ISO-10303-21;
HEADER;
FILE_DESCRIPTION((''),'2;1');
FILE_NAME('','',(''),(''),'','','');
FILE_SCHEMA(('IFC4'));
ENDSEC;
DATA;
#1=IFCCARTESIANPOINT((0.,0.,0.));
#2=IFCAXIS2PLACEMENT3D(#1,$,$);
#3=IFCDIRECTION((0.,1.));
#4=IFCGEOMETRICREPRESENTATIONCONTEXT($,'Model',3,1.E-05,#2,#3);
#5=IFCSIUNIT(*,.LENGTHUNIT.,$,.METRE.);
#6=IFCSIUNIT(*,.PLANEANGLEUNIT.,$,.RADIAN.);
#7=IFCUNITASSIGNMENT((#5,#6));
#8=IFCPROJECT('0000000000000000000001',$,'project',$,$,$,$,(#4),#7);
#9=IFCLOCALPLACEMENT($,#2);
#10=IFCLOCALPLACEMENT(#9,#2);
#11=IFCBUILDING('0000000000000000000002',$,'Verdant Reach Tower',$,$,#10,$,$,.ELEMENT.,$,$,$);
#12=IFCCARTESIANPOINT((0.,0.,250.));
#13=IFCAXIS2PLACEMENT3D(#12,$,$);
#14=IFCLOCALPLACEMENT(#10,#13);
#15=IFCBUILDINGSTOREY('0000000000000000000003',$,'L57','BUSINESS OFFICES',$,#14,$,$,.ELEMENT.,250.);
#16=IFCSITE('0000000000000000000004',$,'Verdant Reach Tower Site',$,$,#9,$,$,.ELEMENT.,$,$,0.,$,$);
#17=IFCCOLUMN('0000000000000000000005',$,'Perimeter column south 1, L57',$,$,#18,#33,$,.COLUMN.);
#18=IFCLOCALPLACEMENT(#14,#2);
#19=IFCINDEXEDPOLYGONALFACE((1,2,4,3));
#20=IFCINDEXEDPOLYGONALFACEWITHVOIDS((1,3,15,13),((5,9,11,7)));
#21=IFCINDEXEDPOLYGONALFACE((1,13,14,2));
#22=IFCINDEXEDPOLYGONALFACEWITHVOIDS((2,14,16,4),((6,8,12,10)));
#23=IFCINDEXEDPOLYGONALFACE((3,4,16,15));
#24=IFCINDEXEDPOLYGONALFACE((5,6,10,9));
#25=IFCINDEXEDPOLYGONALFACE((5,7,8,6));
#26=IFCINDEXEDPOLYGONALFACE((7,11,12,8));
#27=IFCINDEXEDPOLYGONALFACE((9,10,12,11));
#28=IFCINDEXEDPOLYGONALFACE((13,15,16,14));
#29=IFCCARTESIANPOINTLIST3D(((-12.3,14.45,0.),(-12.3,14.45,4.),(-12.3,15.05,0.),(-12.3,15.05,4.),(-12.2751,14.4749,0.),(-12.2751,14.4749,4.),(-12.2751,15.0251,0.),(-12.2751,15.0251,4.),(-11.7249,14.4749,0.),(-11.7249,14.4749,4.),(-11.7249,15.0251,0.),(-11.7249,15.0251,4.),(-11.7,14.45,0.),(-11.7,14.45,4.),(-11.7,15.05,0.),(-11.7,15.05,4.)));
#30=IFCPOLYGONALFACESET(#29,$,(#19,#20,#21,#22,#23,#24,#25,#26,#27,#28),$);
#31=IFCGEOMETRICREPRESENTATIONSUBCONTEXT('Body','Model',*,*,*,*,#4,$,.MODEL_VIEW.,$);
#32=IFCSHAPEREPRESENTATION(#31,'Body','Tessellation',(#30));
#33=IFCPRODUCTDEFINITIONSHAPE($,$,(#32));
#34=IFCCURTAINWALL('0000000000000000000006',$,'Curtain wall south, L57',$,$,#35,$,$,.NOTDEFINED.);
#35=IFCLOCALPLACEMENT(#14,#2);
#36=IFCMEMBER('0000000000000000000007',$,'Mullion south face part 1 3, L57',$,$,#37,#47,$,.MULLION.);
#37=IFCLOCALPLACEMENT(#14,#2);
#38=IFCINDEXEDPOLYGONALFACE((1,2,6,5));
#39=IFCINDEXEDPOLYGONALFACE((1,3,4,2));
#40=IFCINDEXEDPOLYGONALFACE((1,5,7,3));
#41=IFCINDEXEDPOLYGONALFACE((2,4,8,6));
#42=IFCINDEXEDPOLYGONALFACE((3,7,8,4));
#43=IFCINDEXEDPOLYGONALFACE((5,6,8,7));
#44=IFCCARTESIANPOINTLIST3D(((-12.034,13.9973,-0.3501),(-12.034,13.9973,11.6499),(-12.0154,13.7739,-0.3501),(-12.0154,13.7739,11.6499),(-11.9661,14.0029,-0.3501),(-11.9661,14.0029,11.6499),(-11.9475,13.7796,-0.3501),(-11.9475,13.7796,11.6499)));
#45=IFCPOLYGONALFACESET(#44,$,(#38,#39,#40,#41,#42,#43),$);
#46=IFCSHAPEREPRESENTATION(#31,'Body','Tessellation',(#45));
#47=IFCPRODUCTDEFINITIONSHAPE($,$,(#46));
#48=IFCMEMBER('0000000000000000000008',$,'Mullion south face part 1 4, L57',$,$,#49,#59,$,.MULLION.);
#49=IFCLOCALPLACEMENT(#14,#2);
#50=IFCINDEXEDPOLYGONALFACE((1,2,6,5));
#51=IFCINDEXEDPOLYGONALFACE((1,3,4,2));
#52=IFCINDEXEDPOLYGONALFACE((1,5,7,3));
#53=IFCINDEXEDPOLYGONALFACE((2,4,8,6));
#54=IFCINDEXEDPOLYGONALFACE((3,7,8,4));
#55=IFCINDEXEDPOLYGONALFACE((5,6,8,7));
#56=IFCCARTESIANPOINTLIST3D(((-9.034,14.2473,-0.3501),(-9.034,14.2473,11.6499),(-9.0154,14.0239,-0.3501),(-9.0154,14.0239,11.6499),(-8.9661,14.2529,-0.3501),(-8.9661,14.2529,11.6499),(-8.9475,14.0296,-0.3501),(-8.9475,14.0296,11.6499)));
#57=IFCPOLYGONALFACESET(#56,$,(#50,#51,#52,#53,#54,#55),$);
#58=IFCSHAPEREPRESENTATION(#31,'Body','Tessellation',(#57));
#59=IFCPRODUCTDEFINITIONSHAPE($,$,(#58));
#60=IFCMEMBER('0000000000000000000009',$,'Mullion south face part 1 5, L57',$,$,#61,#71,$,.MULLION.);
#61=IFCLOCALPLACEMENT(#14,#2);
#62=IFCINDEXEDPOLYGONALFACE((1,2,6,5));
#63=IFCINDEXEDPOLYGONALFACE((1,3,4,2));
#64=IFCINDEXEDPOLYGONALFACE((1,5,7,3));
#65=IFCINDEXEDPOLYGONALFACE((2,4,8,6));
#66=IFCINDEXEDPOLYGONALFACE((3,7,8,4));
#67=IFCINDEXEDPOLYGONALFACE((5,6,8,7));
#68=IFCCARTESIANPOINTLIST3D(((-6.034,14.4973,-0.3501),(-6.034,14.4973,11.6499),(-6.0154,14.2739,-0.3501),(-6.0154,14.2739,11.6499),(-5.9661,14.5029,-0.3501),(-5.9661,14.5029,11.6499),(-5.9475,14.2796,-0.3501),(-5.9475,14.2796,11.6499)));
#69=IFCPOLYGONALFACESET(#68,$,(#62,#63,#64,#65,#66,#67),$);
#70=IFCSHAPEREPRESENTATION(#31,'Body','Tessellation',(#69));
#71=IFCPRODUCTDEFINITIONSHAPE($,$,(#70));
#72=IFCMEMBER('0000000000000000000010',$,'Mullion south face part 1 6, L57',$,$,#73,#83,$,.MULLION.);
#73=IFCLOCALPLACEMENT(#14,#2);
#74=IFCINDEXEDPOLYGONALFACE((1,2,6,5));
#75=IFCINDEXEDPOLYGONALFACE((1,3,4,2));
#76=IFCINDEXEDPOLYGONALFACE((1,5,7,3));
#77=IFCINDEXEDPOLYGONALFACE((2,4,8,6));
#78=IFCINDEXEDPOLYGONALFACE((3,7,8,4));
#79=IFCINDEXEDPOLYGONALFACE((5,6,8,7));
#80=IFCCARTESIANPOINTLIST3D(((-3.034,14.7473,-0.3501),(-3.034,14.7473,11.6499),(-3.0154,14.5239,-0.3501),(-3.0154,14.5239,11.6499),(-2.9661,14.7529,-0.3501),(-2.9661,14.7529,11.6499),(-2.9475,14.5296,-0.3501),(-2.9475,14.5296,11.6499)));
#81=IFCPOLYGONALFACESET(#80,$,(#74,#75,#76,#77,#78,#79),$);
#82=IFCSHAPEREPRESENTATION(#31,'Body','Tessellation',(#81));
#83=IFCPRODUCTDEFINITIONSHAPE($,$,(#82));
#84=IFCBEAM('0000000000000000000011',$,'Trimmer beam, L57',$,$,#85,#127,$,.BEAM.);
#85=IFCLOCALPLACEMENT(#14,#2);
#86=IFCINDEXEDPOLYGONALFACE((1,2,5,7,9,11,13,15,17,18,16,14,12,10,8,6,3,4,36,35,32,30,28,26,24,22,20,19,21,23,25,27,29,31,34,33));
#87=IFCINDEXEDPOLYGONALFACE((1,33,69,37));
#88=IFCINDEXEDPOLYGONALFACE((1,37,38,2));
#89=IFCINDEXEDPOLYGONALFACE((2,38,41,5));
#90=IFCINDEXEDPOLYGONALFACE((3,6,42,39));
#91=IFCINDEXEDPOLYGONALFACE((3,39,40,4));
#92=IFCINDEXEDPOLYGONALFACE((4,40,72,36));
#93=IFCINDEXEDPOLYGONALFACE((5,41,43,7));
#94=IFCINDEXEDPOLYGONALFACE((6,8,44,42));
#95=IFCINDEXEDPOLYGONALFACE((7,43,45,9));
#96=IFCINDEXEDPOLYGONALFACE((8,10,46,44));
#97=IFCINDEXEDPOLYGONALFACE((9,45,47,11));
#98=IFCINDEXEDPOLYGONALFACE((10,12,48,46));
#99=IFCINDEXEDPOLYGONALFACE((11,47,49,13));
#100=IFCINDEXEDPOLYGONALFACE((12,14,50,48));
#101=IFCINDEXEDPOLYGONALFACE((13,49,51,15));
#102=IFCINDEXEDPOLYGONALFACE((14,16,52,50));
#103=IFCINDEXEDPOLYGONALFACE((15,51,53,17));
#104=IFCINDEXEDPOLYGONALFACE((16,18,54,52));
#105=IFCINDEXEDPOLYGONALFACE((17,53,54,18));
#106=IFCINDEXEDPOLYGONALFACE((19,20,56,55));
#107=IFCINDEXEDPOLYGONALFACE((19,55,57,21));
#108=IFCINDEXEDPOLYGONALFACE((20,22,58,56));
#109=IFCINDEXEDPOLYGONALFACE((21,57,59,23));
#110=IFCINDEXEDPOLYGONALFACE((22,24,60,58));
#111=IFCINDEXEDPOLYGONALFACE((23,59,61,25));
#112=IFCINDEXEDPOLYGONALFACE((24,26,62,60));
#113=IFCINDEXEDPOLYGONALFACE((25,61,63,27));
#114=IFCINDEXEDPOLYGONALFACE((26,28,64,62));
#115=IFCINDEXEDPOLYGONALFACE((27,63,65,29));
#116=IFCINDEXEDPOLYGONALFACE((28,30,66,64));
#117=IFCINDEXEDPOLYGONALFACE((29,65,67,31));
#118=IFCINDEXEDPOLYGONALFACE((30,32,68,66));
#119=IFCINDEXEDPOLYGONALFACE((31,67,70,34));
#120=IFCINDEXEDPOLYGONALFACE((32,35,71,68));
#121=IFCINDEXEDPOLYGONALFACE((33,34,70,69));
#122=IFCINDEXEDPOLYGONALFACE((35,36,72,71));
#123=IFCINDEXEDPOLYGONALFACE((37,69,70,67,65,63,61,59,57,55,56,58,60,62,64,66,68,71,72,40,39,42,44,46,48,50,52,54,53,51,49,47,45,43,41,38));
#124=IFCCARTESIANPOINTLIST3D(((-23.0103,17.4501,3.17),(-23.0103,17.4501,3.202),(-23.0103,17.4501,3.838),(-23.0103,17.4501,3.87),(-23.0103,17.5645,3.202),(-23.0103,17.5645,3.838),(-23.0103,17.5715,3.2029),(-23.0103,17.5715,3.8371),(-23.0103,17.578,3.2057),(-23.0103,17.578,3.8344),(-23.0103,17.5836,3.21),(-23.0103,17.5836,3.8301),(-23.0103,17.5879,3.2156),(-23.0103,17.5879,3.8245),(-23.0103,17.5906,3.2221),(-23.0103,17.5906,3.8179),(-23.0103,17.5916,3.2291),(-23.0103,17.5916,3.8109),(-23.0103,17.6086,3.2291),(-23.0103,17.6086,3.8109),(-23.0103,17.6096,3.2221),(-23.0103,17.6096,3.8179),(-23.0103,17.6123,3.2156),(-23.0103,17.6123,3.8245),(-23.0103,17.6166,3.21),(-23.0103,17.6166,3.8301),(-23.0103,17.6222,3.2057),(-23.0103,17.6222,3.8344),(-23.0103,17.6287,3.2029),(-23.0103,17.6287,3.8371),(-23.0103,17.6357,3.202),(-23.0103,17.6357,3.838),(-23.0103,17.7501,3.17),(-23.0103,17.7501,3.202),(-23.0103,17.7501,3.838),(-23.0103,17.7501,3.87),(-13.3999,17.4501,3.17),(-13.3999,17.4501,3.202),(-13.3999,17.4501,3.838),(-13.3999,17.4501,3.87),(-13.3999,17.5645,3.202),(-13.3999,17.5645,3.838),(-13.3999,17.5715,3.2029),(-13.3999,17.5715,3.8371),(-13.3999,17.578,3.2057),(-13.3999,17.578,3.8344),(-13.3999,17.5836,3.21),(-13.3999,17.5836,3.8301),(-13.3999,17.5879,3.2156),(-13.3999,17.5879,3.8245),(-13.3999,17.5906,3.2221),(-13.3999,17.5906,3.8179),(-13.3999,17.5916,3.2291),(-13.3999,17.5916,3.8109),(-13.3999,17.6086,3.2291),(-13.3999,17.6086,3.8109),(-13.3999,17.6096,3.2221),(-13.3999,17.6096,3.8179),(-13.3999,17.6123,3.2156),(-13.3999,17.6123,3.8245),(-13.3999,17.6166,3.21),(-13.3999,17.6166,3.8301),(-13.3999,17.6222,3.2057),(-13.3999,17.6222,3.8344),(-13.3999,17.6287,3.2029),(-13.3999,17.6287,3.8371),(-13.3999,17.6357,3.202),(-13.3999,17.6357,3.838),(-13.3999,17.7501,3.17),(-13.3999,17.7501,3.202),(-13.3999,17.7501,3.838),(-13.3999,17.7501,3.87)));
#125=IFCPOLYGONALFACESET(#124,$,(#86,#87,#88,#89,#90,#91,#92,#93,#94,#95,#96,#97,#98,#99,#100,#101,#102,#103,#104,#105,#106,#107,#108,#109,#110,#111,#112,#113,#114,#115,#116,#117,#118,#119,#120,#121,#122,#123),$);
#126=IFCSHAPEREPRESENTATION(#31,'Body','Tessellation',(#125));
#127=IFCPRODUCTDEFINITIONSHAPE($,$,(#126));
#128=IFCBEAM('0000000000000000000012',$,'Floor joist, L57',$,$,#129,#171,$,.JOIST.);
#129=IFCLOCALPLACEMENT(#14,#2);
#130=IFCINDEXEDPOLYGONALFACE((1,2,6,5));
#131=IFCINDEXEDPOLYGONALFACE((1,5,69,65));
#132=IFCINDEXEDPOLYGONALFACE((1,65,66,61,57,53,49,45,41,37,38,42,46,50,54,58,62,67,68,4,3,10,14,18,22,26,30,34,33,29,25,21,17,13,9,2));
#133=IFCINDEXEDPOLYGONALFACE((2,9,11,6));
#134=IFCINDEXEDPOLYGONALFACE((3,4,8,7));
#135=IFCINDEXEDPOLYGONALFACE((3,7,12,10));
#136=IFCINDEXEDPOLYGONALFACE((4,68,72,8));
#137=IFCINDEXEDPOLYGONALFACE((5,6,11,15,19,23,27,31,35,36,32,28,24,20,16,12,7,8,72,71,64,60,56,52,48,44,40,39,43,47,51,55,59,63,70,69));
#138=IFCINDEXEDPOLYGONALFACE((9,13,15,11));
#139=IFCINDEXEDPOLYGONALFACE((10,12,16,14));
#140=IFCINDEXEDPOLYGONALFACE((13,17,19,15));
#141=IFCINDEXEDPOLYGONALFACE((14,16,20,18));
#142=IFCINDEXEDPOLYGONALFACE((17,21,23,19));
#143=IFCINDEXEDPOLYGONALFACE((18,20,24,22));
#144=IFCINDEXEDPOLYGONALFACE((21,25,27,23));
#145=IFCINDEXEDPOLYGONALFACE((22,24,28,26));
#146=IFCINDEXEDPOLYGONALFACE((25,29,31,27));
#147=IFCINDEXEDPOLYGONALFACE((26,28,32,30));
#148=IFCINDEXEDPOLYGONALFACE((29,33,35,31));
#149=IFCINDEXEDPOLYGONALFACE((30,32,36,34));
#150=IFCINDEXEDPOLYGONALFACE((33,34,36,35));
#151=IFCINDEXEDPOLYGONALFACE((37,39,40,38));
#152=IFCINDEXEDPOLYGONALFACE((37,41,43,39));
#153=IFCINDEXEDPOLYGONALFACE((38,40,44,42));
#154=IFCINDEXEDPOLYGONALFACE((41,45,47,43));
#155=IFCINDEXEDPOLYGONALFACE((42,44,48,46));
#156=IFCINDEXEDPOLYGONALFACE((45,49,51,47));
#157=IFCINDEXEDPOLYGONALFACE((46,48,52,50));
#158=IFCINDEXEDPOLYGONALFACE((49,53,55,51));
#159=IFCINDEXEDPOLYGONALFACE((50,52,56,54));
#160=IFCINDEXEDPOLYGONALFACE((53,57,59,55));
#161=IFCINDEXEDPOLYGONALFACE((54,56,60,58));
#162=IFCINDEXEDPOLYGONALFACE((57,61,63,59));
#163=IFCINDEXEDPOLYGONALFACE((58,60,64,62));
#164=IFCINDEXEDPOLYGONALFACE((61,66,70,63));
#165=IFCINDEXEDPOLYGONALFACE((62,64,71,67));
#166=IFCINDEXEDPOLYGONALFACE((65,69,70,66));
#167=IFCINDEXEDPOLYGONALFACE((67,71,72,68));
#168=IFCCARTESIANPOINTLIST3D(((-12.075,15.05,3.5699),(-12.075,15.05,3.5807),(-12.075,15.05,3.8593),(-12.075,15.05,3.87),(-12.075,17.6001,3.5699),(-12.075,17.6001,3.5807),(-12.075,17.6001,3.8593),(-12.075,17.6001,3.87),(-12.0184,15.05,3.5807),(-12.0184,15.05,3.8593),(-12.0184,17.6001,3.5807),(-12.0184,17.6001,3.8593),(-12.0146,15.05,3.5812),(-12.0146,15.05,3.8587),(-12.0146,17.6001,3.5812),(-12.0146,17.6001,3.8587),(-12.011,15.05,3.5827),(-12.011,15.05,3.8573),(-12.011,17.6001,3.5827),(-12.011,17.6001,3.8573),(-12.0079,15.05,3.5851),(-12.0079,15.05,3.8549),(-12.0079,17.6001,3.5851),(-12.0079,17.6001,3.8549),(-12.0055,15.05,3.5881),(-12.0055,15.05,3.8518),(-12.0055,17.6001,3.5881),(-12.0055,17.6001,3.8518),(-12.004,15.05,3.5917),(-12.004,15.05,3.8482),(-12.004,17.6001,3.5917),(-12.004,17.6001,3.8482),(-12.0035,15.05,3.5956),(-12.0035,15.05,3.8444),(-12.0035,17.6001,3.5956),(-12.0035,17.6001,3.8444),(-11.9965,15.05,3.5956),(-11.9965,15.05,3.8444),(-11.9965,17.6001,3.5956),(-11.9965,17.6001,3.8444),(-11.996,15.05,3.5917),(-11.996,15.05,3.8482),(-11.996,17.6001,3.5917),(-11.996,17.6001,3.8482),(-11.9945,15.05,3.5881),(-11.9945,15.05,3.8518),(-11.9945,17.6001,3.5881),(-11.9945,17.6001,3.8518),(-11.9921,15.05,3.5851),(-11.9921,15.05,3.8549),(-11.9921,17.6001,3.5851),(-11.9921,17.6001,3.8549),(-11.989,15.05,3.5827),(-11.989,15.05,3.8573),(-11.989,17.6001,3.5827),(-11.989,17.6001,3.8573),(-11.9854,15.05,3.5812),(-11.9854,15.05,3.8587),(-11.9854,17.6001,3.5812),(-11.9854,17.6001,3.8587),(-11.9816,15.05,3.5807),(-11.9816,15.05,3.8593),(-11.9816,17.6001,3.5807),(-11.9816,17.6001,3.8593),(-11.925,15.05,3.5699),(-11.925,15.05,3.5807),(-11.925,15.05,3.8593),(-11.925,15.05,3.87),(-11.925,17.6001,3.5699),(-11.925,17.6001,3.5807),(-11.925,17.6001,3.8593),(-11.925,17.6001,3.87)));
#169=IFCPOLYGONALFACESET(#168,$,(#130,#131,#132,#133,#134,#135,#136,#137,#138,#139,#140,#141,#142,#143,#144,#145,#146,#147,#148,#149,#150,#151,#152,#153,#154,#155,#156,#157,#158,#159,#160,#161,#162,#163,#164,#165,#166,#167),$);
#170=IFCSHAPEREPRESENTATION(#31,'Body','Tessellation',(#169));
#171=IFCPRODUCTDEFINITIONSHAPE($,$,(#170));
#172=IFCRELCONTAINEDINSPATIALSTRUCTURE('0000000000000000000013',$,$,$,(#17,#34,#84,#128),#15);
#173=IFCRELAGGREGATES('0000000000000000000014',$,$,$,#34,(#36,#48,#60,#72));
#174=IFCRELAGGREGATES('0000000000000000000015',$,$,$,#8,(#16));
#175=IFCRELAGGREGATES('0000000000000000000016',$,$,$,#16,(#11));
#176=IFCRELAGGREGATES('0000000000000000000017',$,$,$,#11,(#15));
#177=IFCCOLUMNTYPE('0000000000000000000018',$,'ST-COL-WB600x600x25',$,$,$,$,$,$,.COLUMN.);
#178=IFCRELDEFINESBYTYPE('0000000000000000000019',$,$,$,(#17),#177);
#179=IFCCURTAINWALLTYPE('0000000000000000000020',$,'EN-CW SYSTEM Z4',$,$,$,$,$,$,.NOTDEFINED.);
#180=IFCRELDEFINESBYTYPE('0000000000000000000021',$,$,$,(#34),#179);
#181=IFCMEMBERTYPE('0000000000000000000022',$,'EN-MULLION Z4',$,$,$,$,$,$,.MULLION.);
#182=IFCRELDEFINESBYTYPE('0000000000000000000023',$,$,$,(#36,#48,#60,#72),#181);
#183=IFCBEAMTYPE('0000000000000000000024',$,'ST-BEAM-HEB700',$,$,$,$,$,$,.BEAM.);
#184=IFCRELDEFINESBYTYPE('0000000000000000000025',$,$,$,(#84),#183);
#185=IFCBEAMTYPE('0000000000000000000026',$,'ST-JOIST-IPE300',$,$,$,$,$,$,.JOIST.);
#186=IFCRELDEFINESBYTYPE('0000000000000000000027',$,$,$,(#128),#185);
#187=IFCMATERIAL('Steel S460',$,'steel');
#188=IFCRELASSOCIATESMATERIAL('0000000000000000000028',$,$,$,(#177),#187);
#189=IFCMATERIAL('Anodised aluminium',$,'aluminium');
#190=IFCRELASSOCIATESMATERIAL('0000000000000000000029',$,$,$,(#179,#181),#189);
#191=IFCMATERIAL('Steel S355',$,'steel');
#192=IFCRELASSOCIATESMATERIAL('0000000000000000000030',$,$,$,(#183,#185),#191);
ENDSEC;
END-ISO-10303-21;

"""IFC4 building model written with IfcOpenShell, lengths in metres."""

from ifc_helpers import new_model, si_unit, direction, frame, origin, origin_2d, place, context, subcontext, project, spatial, rectangle, hollow_rectangle, i_section, extrude, material, material_profile, profile_set, type_object, element, aggregate, save


model = new_model("IFC4")

# Units and contexts
model_context = context("Model", 3, precision=1e-05, world=origin(), true_north=direction((0.0, 1.0)))
body_context = subcontext(model_context, "Body", "Model", "MODEL_VIEW")
ifc_project = project(units=[si_unit("LENGTHUNIT", "METRE"), si_unit("PLANEANGLEUNIT", "RADIAN")], contexts=[model_context])

# Site, building, storey
site_placement = place(None, origin())
site = spatial("IfcSite", under=ifc_project, at=site_placement, Name="Verdant Reach Tower Site", CompositionType="ELEMENT", RefElevation=0.0)
building_placement = place(site_placement, origin())
building = spatial("IfcBuilding", under=site, at=building_placement, Name="Verdant Reach Tower", CompositionType="ELEMENT")
storey_placement = place(building_placement, frame((0.0, 0.0, 250.0)))
storey = spatial("IfcBuildingStorey", under=building, at=storey_placement, Name="L57", Description="BUSINESS OFFICES", CompositionType="ELEMENT", Elevation=250.0)

# Column
ifc_material_1 = material(Name="Steel S460", Category="steel")
ifc_material_profile_1 = material_profile(ifc_material_1, hollow_rectangle(XDim=0.6001, YDim=0.6001, WallThickness=0.0249, at=origin_2d()), Name="WB 600x600x25")
ifc_profile_set_1 = profile_set([ifc_material_profile_1], Name="Steel S460")
column_type = type_object("IfcColumnType", Name="ST-COL-WB600x600x25", PredefinedType="COLUMN", material=ifc_profile_set_1)
column_placement = place(storey_placement, frame((-12.0, 14.75, 0.0), z_axis=(0.0, 0.0, 1.0), x_axis=(1.0, 0.0, 0.0)))
element("IfcColumn", 1, at=column_placement, inside=storey, type_object=column_type, Name="Perimeter column south 1, L57", PredefinedType="COLUMN", context=body_context, shape_type="SweptSolid", body=[
    extrude(hollow_rectangle(XDim=0.6001, YDim=0.6001, WallThickness=0.0249, at=origin_2d()), origin(), (0.0, 0.0, 1.0), 4.0),
])

# Curtain wall, members
ifc_material_2 = material(Name="Anodised aluminium", Category="aluminium")
curtain_wall_type = type_object("IfcCurtainWallType", Name="EN-CW SYSTEM Z4", PredefinedType="NOTDEFINED", material=ifc_material_2)
curtain_wall_placement = place(storey_placement, origin())
curtain_wall = element("IfcCurtainWall", 2, at=curtain_wall_placement, inside=storey, type_object=curtain_wall_type, Name="Curtain wall south, L57", PredefinedType="NOTDEFINED")
ifc_material_profile_2 = material_profile(ifc_material_2, rectangle(XDim=0.2241, YDim=0.0681, at=origin_2d()), Name="Mullion 68x224")
ifc_profile_set_2 = profile_set([ifc_material_profile_2], Name="Anodised aluminium")
member_type = type_object("IfcMemberType", Name="EN-MULLION Z4", PredefinedType="MULLION", material=ifc_profile_set_2)
member_1_placement = place(storey_placement, frame((-11.9907, 13.8884, -0.3501), z_axis=(0.0, 0.0, 1.0), x_axis=(0.083045, -0.996546, 0.0)))
member_1 = element("IfcMember", 3, at=member_1_placement, type_object=member_type, Name="Mullion south face part 1 3, L57", PredefinedType="MULLION", context=body_context, shape_type="SweptSolid", body=[
    extrude(rectangle(XDim=0.2241, YDim=0.0681, at=origin_2d()), origin(), (0.0, 0.0, 1.0), 12.0),
])
member_2_placement = place(storey_placement, frame((-8.9907, 14.1384, -0.3501), z_axis=(0.0, 0.0, 1.0), x_axis=(0.083045, -0.996546, 0.0)))
member_2 = element("IfcMember", 4, at=member_2_placement, type_object=member_type, Name="Mullion south face part 1 4, L57", PredefinedType="MULLION", context=body_context, shape_type="SweptSolid", body=[
    extrude(rectangle(XDim=0.2241, YDim=0.0681, at=origin_2d()), origin(), (0.0, 0.0, 1.0), 12.0),
])
member_3_placement = place(storey_placement, frame((-5.9907, 14.3884, -0.3501), z_axis=(0.0, 0.0, 1.0), x_axis=(0.083045, -0.996546, 0.0)))
member_3 = element("IfcMember", 5, at=member_3_placement, type_object=member_type, Name="Mullion south face part 1 5, L57", PredefinedType="MULLION", context=body_context, shape_type="SweptSolid", body=[
    extrude(rectangle(XDim=0.2241, YDim=0.0681, at=origin_2d()), origin(), (0.0, 0.0, 1.0), 12.0),
])
member_4_placement = place(storey_placement, frame((-2.9907, 14.6384, -0.3501), z_axis=(0.0, 0.0, 1.0), x_axis=(0.083045, -0.996546, 0.0)))
member_4 = element("IfcMember", 6, at=member_4_placement, type_object=member_type, Name="Mullion south face part 1 6, L57", PredefinedType="MULLION", context=body_context, shape_type="SweptSolid", body=[
    extrude(rectangle(XDim=0.2241, YDim=0.0681, at=origin_2d()), origin(), (0.0, 0.0, 1.0), 12.0),
])

# Beams
ifc_material_3 = material(Name="Steel S355", Category="steel")
ifc_material_profile_3 = material_profile(ifc_material_3, i_section(OverallWidth=0.3, OverallDepth=0.7, WebThickness=0.0171, FlangeThickness=0.032, FilletRadius=0.0271, at=origin_2d()), Name="HEB 700")
ifc_profile_set_3 = profile_set([ifc_material_profile_3], Name="Steel S355")
beam_type_1 = type_object("IfcBeamType", Name="ST-BEAM-HEB700", PredefinedType="BEAM", material=ifc_profile_set_3)
beam_1_placement = place(storey_placement, frame((-13.3999, 17.6001, 3.52), z_axis=(-1.0, 0.0, 0.0), x_axis=(0.0, -1.0, 0.0)))
element("IfcBeam", 7, at=beam_1_placement, inside=storey, type_object=beam_type_1, Name="Trimmer beam, L57", PredefinedType="BEAM", context=body_context, shape_type="SweptSolid", body=[
    extrude(i_section(OverallWidth=0.3, OverallDepth=0.7, WebThickness=0.0171, FlangeThickness=0.032, FilletRadius=0.0271, at=origin_2d()), origin(), (0.0, 0.0, 1.0), 9.6104),
])
ifc_material_profile_4 = material_profile(ifc_material_3, i_section(OverallWidth=0.1499, OverallDepth=0.3, WebThickness=0.0071, FlangeThickness=0.0107, FilletRadius=0.0149, at=origin_2d()), Name="IPE 300")
ifc_profile_set_4 = profile_set([ifc_material_profile_4], Name="Steel S355")
beam_type_2 = type_object("IfcBeamType", Name="ST-JOIST-IPE300", PredefinedType="JOIST", material=ifc_profile_set_4)
beam_2_placement = place(storey_placement, frame((-12.0, 17.6001, 3.72), z_axis=(0.0, -1.0, 0.0), x_axis=(1.0, 0.0, 0.0)))
element("IfcBeam", 8, at=beam_2_placement, inside=storey, type_object=beam_type_2, Name="Floor joist, L57", PredefinedType="JOIST", context=body_context, shape_type="SweptSolid", body=[
    extrude(i_section(OverallWidth=0.1499, OverallDepth=0.3, WebThickness=0.0071, FlangeThickness=0.0107, FilletRadius=0.0149, at=origin_2d()), origin(), (0.0, 0.0, 1.0), 2.55),
])

aggregate(curtain_wall, [member_1, member_2, member_3, member_4])

save(model, "model.ifc")
